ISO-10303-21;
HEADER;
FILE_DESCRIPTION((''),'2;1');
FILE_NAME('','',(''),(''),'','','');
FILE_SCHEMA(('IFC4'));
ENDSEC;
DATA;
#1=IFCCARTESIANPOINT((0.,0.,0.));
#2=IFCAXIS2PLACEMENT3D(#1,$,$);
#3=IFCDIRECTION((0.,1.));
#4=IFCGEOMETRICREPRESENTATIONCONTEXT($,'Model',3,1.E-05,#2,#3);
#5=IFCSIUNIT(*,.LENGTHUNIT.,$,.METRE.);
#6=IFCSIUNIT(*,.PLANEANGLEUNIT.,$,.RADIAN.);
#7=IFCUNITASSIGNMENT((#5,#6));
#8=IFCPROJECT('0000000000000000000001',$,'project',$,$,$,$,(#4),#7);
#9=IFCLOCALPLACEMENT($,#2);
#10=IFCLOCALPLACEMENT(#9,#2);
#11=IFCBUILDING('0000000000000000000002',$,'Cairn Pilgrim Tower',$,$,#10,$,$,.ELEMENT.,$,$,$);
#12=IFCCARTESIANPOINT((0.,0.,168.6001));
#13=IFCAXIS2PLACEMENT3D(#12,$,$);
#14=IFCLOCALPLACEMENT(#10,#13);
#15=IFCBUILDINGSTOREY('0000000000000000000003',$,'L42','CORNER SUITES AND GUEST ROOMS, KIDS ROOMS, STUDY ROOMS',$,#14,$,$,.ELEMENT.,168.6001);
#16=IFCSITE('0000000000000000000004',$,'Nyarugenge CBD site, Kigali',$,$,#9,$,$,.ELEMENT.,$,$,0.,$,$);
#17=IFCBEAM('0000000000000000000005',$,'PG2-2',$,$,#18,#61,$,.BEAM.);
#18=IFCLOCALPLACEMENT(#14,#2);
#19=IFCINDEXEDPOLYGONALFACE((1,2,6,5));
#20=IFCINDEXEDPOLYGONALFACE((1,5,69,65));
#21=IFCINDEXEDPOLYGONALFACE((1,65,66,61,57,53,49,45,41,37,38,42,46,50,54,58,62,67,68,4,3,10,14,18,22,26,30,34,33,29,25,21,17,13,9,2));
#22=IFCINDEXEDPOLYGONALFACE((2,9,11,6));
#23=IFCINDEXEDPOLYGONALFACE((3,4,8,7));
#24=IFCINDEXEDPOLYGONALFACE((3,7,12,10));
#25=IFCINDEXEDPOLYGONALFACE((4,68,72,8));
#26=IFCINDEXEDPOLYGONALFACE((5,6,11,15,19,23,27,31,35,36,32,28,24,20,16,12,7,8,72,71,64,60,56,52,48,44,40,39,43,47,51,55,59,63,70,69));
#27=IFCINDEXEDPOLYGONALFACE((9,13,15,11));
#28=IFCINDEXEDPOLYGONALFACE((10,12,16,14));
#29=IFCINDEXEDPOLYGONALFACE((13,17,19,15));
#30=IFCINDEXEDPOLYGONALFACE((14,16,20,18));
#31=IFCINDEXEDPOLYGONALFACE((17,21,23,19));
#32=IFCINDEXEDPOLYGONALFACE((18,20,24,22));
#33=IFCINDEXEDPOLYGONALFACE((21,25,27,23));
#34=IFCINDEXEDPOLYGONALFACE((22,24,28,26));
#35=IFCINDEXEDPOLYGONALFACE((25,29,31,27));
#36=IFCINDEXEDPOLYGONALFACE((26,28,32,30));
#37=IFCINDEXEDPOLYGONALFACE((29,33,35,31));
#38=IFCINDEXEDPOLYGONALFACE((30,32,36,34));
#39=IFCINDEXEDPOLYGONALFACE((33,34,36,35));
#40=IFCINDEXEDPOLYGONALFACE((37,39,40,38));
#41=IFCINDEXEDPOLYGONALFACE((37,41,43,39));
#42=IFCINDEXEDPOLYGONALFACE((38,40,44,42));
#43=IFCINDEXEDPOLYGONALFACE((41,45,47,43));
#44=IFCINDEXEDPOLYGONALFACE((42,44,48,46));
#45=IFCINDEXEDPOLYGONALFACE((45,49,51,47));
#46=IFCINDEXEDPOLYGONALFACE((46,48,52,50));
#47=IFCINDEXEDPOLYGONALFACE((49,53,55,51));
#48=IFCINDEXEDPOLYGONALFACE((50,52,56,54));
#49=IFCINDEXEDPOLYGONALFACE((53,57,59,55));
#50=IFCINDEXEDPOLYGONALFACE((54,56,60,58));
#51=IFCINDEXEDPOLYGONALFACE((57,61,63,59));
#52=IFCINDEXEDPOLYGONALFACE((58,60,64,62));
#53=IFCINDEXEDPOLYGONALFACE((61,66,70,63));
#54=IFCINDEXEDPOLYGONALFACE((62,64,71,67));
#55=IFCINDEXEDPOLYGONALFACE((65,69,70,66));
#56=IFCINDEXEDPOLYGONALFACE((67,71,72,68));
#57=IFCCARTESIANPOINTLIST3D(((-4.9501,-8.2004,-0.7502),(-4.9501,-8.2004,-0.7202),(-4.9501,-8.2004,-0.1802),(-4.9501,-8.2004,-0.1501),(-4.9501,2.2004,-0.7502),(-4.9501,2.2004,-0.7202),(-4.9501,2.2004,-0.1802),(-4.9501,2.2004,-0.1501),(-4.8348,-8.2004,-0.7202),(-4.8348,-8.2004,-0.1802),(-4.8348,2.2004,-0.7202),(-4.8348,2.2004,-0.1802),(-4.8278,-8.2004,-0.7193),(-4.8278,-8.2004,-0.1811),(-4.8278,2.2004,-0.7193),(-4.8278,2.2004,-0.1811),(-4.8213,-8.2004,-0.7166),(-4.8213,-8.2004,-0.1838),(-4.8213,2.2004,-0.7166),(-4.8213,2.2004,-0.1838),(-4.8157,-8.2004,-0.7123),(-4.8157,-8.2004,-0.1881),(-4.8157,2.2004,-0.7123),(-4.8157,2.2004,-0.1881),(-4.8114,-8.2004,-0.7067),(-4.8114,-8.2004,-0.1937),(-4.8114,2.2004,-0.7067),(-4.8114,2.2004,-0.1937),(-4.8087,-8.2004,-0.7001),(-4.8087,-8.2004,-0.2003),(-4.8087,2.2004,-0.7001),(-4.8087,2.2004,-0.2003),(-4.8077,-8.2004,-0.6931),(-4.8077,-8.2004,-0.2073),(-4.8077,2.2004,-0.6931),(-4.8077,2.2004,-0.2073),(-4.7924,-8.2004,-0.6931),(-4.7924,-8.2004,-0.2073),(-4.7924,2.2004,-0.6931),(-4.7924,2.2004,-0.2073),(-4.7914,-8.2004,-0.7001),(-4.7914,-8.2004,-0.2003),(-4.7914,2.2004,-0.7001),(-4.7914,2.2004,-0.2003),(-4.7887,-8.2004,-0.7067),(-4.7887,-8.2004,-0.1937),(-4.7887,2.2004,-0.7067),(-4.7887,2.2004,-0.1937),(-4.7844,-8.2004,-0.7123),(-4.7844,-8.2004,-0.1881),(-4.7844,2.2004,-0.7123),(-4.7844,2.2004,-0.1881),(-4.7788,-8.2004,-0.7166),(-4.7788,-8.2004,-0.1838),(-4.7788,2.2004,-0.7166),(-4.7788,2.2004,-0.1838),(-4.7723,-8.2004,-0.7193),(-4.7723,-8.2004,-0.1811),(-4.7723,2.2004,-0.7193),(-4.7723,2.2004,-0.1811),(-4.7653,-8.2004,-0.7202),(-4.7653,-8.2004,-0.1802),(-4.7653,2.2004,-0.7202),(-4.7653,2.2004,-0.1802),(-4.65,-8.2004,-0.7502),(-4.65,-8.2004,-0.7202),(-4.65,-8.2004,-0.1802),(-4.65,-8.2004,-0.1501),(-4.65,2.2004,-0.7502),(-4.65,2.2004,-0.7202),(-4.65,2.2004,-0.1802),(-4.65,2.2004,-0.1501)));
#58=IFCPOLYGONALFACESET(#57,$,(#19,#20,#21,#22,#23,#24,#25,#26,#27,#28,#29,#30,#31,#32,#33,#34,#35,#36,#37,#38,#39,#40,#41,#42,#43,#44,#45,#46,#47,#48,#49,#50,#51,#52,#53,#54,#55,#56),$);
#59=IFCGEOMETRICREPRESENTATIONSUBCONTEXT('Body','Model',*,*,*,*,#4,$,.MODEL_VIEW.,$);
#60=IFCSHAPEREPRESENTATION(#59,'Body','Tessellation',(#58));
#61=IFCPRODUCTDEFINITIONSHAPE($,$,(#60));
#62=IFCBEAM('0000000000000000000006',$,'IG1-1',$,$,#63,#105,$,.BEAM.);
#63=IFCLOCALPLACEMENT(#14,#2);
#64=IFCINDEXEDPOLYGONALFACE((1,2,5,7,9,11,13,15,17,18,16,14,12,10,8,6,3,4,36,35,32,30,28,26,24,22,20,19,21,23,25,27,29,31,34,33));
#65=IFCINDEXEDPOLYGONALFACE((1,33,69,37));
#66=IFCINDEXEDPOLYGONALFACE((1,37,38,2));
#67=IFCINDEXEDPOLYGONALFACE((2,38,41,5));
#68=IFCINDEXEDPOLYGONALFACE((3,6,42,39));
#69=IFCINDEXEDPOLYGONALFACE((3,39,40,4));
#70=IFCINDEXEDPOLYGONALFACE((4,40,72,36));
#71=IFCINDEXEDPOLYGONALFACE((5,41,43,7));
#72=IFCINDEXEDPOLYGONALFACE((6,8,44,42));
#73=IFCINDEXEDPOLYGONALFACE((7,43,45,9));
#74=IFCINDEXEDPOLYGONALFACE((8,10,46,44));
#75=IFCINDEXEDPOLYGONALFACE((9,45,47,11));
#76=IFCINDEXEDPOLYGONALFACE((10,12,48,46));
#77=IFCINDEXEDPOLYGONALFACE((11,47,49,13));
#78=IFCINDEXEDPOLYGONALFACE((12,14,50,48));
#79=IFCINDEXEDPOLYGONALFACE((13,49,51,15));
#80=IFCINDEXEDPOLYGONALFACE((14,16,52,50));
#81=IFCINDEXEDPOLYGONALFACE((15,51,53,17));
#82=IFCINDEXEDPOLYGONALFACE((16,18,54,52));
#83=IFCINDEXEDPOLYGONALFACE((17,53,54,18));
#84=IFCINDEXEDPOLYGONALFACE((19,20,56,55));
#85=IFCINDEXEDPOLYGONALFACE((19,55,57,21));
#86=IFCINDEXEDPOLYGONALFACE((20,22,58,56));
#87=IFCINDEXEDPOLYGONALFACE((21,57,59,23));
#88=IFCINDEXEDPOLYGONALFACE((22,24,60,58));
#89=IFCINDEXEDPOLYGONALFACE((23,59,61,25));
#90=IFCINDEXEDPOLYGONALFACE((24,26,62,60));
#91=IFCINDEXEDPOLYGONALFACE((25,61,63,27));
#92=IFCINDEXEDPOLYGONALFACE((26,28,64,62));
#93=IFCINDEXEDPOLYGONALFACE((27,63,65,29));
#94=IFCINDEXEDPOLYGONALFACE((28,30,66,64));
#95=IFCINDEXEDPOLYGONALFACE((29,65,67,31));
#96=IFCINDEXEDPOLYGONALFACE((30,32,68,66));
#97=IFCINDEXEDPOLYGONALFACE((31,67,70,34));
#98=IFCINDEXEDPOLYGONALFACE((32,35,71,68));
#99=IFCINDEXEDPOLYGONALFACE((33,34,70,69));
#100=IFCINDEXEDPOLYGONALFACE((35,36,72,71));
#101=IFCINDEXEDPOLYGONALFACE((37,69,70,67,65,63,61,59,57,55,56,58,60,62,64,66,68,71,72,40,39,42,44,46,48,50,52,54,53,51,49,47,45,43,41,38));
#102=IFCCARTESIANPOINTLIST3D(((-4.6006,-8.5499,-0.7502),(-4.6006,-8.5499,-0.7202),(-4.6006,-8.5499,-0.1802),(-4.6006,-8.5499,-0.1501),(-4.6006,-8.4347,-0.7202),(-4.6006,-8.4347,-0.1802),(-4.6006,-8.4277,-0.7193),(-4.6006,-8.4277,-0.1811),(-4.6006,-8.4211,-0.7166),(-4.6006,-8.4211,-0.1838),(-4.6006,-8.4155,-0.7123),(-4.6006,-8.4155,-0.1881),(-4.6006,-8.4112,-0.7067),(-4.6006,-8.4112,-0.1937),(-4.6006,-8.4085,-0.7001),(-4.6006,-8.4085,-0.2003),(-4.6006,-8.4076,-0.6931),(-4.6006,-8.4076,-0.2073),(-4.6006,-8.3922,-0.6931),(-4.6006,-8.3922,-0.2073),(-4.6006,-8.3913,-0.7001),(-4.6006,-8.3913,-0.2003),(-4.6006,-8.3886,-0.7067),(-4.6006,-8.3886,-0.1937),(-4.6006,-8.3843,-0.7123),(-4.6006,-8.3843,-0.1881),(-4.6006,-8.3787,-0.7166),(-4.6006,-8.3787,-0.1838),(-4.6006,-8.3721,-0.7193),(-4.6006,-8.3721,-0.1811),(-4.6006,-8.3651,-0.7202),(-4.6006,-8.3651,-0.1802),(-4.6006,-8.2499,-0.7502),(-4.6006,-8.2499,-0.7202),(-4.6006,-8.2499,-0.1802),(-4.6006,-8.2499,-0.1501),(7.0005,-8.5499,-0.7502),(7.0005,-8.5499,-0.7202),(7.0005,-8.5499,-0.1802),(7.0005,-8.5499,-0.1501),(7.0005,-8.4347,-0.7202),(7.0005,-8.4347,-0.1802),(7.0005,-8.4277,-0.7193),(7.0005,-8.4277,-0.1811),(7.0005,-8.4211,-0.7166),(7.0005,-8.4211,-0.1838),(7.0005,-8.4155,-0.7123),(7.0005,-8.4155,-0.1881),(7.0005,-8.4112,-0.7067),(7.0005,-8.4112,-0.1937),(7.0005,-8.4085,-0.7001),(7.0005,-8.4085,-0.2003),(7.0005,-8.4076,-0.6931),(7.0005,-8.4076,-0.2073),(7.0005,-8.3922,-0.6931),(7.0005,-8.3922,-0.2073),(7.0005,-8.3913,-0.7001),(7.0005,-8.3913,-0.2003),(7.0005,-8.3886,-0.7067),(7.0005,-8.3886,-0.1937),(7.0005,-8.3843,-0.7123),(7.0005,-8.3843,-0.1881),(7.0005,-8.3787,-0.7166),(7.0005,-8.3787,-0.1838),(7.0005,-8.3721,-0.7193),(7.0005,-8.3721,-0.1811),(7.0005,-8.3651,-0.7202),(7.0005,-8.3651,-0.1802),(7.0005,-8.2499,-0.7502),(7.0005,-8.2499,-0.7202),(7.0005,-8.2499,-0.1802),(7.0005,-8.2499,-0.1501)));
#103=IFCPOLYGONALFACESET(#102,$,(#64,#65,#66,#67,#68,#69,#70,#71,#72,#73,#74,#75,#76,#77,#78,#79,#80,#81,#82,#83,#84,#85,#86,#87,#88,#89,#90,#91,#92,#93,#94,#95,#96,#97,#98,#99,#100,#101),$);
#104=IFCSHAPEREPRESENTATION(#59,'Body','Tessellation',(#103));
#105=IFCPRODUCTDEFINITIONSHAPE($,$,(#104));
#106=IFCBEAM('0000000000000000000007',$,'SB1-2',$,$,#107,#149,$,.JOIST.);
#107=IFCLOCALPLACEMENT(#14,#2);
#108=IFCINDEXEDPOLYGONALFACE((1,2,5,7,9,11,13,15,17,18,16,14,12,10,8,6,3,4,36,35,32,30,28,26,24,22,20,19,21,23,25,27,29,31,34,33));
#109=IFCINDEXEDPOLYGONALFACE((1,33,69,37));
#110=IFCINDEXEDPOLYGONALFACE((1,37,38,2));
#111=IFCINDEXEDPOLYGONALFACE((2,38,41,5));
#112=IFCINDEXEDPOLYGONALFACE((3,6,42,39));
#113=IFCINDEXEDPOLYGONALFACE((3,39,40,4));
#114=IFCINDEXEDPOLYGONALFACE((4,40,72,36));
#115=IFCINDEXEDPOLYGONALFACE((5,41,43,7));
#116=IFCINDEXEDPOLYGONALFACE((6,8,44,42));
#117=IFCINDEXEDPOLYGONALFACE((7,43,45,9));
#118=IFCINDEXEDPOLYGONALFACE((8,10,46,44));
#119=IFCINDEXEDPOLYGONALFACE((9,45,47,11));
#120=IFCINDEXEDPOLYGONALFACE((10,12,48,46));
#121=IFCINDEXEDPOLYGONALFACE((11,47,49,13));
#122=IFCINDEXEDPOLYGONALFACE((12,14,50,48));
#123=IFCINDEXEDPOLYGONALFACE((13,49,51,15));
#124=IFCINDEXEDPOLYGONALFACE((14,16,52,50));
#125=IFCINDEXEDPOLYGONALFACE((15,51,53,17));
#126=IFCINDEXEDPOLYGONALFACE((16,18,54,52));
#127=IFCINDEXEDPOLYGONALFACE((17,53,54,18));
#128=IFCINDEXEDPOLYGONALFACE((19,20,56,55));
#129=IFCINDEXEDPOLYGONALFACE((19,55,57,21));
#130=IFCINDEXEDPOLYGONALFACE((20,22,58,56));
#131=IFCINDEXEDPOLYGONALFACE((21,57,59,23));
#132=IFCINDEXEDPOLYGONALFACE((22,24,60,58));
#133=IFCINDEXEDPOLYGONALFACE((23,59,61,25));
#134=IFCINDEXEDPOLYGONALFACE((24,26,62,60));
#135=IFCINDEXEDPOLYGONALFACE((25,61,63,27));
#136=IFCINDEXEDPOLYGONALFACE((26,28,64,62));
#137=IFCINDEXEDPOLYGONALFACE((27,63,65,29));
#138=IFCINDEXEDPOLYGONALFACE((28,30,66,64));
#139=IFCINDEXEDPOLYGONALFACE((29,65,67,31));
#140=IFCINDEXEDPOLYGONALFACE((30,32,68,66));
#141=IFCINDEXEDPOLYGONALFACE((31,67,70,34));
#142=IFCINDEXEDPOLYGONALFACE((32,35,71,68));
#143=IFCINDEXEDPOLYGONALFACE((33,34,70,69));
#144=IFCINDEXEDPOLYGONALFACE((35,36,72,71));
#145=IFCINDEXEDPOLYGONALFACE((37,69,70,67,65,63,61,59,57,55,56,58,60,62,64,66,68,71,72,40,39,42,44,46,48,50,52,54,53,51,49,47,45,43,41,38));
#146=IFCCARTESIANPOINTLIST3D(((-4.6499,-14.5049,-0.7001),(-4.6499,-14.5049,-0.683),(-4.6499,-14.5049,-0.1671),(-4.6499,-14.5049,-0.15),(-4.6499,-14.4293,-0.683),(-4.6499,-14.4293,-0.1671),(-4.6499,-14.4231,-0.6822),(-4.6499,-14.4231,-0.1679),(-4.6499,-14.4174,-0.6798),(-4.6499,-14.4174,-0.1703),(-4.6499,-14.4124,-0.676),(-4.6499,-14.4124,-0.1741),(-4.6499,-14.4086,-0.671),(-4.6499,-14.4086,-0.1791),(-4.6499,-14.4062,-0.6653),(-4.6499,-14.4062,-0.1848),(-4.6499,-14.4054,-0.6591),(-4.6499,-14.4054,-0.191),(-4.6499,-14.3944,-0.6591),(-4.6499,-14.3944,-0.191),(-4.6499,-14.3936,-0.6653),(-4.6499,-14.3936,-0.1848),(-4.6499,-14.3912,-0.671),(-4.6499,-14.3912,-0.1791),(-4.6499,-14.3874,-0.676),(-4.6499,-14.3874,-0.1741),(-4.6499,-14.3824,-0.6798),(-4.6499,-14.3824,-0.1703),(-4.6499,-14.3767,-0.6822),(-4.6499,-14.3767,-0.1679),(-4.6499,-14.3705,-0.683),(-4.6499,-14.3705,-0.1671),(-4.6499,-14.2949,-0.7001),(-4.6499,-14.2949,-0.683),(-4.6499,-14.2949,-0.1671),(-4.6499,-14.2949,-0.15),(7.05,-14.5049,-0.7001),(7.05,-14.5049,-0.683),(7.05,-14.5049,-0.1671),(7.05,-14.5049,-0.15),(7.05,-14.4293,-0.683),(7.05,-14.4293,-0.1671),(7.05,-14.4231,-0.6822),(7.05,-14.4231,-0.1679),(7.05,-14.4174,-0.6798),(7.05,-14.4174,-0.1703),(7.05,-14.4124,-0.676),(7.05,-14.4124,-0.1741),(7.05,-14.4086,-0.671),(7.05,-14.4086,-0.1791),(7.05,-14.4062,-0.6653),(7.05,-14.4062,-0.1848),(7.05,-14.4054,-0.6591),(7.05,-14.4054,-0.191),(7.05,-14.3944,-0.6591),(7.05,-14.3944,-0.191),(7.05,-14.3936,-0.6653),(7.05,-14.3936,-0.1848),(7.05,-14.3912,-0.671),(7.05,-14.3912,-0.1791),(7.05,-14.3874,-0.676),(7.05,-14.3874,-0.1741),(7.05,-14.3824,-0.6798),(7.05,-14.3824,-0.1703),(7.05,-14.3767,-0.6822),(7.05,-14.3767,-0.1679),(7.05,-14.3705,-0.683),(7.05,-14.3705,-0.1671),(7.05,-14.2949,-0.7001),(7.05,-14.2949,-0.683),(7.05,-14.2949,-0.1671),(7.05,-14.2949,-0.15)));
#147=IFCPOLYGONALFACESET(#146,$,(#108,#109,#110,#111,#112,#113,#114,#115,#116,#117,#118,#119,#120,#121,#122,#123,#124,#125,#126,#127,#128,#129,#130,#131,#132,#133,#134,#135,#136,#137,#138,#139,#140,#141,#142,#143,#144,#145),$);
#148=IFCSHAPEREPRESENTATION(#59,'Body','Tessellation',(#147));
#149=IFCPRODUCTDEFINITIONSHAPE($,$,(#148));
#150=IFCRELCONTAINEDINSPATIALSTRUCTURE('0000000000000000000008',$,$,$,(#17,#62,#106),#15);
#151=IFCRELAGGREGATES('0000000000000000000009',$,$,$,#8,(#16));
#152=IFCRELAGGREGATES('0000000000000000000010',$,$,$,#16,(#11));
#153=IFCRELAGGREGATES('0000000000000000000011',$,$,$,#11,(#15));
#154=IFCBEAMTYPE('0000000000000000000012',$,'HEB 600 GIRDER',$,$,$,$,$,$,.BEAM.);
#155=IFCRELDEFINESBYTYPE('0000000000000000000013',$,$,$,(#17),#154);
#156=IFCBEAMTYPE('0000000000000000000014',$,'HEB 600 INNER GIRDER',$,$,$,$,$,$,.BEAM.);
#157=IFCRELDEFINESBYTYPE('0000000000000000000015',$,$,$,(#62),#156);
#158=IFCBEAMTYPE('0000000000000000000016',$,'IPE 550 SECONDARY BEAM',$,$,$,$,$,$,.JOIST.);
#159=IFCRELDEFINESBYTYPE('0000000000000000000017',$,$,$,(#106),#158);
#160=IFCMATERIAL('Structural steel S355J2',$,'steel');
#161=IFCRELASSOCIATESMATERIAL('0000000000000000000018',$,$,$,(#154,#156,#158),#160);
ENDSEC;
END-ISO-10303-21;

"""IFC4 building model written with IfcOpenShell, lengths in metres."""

from ifc_helpers import new_model, si_unit, direction, frame, origin, origin_2d, place, context, subcontext, project, spatial, i_section, extrude, material, material_profile, profile_set, type_object, element, save


model = new_model("IFC4")

# Units and contexts
model_context = context("Model", 3, precision=1e-05, world=origin(), true_north=direction((0.0, 1.0)))
body_context = subcontext(model_context, "Body", "Model", "MODEL_VIEW")
ifc_project = project(units=[si_unit("LENGTHUNIT", "METRE"), si_unit("PLANEANGLEUNIT", "RADIAN")], contexts=[model_context])

# Site, building, storey
site_placement = place(None, origin())
site = spatial("IfcSite", under=ifc_project, at=site_placement, Name="Nyarugenge CBD site, Kigali", CompositionType="ELEMENT", RefElevation=0.0)
building_placement = place(site_placement, origin())
building = spatial("IfcBuilding", under=site, at=building_placement, Name="Cairn Pilgrim Tower", CompositionType="ELEMENT")
storey_placement = place(building_placement, frame((0.0, 0.0, 168.6001)))
storey = spatial("IfcBuildingStorey", under=building, at=storey_placement, Name="L42", Description="CORNER SUITES AND GUEST ROOMS, KIDS ROOMS, STUDY ROOMS", CompositionType="ELEMENT", Elevation=168.6001)

# Shared definitions
ifc_material_1 = material(Name="Structural steel S355J2", Category="steel")

# Beams
ifc_material_profile_1 = material_profile(ifc_material_1, i_section(OverallWidth=0.3, OverallDepth=0.6001, WebThickness=0.0154, FlangeThickness=0.03, FilletRadius=0.0271, at=origin_2d()), Name="HEB 600")
ifc_profile_set_1 = profile_set([ifc_material_profile_1], Name="Structural steel S355J2")
beam_type_1 = type_object("IfcBeamType", Name="HEB 600 GIRDER", PredefinedType="BEAM", material=ifc_profile_set_1)
beam_1_placement = place(storey_placement, frame((-4.8, -8.2004, -0.4502), z_axis=(0.0, 1.0, 0.0), x_axis=(-1.0, 0.0, 0.0)))
element("IfcBeam", 1, at=beam_1_placement, inside=storey, type_object=beam_type_1, Name="PG2-2", PredefinedType="BEAM", context=body_context, shape_type="SweptSolid", body=[
    extrude(i_section(OverallWidth=0.3, OverallDepth=0.6001, WebThickness=0.0154, FlangeThickness=0.03, FilletRadius=0.0271, at=origin_2d()), origin(), (0.0, 0.0, 1.0), 10.4009),
])
ifc_material_profile_2 = material_profile(ifc_material_1, i_section(OverallWidth=0.3, OverallDepth=0.6001, WebThickness=0.0154, FlangeThickness=0.03, FilletRadius=0.0271, at=origin_2d()), Name="HEB 600")
ifc_profile_set_2 = profile_set([ifc_material_profile_2], Name="Structural steel S355J2")
beam_type_2 = type_object("IfcBeamType", Name="HEB 600 INNER GIRDER", PredefinedType="BEAM", material=ifc_profile_set_2)
beam_2_placement = place(storey_placement, frame((-4.6006, -8.3999, -0.4502), z_axis=(1.0, 0.0, 0.0), x_axis=(0.0, 1.0, 0.0)))
element("IfcBeam", 2, at=beam_2_placement, inside=storey, type_object=beam_type_2, Name="IG1-1", PredefinedType="BEAM", context=body_context, shape_type="SweptSolid", body=[
    extrude(i_section(OverallWidth=0.3, OverallDepth=0.6001, WebThickness=0.0154, FlangeThickness=0.03, FilletRadius=0.0271, at=origin_2d()), origin(), (0.0, 0.0, 1.0), 11.6011),
])
ifc_material_profile_3 = material_profile(ifc_material_1, i_section(OverallWidth=0.21, OverallDepth=0.55, WebThickness=0.011, FlangeThickness=0.0171, FilletRadius=0.0239, at=origin_2d()), Name="IPE 550")
ifc_profile_set_3 = profile_set([ifc_material_profile_3], Name="Structural steel S355J2")
beam_type_3 = type_object("IfcBeamType", Name="IPE 550 SECONDARY BEAM", PredefinedType="JOIST", material=ifc_profile_set_3)
beam_3_placement = place(storey_placement, frame((-4.6499, -14.3999, -0.425), z_axis=(1.0, 0.0, 0.0), x_axis=(0.0, 1.0, 0.0)))
element("IfcBeam", 3, at=beam_3_placement, inside=storey, type_object=beam_type_3, Name="SB1-2", PredefinedType="JOIST", context=body_context, shape_type="SweptSolid", body=[
    extrude(i_section(OverallWidth=0.21, OverallDepth=0.55, WebThickness=0.011, FlangeThickness=0.0171, FilletRadius=0.0239, at=origin_2d()), origin(), (0.0, 0.0, 1.0), 11.7),
])

save(model, "model.ifc")
